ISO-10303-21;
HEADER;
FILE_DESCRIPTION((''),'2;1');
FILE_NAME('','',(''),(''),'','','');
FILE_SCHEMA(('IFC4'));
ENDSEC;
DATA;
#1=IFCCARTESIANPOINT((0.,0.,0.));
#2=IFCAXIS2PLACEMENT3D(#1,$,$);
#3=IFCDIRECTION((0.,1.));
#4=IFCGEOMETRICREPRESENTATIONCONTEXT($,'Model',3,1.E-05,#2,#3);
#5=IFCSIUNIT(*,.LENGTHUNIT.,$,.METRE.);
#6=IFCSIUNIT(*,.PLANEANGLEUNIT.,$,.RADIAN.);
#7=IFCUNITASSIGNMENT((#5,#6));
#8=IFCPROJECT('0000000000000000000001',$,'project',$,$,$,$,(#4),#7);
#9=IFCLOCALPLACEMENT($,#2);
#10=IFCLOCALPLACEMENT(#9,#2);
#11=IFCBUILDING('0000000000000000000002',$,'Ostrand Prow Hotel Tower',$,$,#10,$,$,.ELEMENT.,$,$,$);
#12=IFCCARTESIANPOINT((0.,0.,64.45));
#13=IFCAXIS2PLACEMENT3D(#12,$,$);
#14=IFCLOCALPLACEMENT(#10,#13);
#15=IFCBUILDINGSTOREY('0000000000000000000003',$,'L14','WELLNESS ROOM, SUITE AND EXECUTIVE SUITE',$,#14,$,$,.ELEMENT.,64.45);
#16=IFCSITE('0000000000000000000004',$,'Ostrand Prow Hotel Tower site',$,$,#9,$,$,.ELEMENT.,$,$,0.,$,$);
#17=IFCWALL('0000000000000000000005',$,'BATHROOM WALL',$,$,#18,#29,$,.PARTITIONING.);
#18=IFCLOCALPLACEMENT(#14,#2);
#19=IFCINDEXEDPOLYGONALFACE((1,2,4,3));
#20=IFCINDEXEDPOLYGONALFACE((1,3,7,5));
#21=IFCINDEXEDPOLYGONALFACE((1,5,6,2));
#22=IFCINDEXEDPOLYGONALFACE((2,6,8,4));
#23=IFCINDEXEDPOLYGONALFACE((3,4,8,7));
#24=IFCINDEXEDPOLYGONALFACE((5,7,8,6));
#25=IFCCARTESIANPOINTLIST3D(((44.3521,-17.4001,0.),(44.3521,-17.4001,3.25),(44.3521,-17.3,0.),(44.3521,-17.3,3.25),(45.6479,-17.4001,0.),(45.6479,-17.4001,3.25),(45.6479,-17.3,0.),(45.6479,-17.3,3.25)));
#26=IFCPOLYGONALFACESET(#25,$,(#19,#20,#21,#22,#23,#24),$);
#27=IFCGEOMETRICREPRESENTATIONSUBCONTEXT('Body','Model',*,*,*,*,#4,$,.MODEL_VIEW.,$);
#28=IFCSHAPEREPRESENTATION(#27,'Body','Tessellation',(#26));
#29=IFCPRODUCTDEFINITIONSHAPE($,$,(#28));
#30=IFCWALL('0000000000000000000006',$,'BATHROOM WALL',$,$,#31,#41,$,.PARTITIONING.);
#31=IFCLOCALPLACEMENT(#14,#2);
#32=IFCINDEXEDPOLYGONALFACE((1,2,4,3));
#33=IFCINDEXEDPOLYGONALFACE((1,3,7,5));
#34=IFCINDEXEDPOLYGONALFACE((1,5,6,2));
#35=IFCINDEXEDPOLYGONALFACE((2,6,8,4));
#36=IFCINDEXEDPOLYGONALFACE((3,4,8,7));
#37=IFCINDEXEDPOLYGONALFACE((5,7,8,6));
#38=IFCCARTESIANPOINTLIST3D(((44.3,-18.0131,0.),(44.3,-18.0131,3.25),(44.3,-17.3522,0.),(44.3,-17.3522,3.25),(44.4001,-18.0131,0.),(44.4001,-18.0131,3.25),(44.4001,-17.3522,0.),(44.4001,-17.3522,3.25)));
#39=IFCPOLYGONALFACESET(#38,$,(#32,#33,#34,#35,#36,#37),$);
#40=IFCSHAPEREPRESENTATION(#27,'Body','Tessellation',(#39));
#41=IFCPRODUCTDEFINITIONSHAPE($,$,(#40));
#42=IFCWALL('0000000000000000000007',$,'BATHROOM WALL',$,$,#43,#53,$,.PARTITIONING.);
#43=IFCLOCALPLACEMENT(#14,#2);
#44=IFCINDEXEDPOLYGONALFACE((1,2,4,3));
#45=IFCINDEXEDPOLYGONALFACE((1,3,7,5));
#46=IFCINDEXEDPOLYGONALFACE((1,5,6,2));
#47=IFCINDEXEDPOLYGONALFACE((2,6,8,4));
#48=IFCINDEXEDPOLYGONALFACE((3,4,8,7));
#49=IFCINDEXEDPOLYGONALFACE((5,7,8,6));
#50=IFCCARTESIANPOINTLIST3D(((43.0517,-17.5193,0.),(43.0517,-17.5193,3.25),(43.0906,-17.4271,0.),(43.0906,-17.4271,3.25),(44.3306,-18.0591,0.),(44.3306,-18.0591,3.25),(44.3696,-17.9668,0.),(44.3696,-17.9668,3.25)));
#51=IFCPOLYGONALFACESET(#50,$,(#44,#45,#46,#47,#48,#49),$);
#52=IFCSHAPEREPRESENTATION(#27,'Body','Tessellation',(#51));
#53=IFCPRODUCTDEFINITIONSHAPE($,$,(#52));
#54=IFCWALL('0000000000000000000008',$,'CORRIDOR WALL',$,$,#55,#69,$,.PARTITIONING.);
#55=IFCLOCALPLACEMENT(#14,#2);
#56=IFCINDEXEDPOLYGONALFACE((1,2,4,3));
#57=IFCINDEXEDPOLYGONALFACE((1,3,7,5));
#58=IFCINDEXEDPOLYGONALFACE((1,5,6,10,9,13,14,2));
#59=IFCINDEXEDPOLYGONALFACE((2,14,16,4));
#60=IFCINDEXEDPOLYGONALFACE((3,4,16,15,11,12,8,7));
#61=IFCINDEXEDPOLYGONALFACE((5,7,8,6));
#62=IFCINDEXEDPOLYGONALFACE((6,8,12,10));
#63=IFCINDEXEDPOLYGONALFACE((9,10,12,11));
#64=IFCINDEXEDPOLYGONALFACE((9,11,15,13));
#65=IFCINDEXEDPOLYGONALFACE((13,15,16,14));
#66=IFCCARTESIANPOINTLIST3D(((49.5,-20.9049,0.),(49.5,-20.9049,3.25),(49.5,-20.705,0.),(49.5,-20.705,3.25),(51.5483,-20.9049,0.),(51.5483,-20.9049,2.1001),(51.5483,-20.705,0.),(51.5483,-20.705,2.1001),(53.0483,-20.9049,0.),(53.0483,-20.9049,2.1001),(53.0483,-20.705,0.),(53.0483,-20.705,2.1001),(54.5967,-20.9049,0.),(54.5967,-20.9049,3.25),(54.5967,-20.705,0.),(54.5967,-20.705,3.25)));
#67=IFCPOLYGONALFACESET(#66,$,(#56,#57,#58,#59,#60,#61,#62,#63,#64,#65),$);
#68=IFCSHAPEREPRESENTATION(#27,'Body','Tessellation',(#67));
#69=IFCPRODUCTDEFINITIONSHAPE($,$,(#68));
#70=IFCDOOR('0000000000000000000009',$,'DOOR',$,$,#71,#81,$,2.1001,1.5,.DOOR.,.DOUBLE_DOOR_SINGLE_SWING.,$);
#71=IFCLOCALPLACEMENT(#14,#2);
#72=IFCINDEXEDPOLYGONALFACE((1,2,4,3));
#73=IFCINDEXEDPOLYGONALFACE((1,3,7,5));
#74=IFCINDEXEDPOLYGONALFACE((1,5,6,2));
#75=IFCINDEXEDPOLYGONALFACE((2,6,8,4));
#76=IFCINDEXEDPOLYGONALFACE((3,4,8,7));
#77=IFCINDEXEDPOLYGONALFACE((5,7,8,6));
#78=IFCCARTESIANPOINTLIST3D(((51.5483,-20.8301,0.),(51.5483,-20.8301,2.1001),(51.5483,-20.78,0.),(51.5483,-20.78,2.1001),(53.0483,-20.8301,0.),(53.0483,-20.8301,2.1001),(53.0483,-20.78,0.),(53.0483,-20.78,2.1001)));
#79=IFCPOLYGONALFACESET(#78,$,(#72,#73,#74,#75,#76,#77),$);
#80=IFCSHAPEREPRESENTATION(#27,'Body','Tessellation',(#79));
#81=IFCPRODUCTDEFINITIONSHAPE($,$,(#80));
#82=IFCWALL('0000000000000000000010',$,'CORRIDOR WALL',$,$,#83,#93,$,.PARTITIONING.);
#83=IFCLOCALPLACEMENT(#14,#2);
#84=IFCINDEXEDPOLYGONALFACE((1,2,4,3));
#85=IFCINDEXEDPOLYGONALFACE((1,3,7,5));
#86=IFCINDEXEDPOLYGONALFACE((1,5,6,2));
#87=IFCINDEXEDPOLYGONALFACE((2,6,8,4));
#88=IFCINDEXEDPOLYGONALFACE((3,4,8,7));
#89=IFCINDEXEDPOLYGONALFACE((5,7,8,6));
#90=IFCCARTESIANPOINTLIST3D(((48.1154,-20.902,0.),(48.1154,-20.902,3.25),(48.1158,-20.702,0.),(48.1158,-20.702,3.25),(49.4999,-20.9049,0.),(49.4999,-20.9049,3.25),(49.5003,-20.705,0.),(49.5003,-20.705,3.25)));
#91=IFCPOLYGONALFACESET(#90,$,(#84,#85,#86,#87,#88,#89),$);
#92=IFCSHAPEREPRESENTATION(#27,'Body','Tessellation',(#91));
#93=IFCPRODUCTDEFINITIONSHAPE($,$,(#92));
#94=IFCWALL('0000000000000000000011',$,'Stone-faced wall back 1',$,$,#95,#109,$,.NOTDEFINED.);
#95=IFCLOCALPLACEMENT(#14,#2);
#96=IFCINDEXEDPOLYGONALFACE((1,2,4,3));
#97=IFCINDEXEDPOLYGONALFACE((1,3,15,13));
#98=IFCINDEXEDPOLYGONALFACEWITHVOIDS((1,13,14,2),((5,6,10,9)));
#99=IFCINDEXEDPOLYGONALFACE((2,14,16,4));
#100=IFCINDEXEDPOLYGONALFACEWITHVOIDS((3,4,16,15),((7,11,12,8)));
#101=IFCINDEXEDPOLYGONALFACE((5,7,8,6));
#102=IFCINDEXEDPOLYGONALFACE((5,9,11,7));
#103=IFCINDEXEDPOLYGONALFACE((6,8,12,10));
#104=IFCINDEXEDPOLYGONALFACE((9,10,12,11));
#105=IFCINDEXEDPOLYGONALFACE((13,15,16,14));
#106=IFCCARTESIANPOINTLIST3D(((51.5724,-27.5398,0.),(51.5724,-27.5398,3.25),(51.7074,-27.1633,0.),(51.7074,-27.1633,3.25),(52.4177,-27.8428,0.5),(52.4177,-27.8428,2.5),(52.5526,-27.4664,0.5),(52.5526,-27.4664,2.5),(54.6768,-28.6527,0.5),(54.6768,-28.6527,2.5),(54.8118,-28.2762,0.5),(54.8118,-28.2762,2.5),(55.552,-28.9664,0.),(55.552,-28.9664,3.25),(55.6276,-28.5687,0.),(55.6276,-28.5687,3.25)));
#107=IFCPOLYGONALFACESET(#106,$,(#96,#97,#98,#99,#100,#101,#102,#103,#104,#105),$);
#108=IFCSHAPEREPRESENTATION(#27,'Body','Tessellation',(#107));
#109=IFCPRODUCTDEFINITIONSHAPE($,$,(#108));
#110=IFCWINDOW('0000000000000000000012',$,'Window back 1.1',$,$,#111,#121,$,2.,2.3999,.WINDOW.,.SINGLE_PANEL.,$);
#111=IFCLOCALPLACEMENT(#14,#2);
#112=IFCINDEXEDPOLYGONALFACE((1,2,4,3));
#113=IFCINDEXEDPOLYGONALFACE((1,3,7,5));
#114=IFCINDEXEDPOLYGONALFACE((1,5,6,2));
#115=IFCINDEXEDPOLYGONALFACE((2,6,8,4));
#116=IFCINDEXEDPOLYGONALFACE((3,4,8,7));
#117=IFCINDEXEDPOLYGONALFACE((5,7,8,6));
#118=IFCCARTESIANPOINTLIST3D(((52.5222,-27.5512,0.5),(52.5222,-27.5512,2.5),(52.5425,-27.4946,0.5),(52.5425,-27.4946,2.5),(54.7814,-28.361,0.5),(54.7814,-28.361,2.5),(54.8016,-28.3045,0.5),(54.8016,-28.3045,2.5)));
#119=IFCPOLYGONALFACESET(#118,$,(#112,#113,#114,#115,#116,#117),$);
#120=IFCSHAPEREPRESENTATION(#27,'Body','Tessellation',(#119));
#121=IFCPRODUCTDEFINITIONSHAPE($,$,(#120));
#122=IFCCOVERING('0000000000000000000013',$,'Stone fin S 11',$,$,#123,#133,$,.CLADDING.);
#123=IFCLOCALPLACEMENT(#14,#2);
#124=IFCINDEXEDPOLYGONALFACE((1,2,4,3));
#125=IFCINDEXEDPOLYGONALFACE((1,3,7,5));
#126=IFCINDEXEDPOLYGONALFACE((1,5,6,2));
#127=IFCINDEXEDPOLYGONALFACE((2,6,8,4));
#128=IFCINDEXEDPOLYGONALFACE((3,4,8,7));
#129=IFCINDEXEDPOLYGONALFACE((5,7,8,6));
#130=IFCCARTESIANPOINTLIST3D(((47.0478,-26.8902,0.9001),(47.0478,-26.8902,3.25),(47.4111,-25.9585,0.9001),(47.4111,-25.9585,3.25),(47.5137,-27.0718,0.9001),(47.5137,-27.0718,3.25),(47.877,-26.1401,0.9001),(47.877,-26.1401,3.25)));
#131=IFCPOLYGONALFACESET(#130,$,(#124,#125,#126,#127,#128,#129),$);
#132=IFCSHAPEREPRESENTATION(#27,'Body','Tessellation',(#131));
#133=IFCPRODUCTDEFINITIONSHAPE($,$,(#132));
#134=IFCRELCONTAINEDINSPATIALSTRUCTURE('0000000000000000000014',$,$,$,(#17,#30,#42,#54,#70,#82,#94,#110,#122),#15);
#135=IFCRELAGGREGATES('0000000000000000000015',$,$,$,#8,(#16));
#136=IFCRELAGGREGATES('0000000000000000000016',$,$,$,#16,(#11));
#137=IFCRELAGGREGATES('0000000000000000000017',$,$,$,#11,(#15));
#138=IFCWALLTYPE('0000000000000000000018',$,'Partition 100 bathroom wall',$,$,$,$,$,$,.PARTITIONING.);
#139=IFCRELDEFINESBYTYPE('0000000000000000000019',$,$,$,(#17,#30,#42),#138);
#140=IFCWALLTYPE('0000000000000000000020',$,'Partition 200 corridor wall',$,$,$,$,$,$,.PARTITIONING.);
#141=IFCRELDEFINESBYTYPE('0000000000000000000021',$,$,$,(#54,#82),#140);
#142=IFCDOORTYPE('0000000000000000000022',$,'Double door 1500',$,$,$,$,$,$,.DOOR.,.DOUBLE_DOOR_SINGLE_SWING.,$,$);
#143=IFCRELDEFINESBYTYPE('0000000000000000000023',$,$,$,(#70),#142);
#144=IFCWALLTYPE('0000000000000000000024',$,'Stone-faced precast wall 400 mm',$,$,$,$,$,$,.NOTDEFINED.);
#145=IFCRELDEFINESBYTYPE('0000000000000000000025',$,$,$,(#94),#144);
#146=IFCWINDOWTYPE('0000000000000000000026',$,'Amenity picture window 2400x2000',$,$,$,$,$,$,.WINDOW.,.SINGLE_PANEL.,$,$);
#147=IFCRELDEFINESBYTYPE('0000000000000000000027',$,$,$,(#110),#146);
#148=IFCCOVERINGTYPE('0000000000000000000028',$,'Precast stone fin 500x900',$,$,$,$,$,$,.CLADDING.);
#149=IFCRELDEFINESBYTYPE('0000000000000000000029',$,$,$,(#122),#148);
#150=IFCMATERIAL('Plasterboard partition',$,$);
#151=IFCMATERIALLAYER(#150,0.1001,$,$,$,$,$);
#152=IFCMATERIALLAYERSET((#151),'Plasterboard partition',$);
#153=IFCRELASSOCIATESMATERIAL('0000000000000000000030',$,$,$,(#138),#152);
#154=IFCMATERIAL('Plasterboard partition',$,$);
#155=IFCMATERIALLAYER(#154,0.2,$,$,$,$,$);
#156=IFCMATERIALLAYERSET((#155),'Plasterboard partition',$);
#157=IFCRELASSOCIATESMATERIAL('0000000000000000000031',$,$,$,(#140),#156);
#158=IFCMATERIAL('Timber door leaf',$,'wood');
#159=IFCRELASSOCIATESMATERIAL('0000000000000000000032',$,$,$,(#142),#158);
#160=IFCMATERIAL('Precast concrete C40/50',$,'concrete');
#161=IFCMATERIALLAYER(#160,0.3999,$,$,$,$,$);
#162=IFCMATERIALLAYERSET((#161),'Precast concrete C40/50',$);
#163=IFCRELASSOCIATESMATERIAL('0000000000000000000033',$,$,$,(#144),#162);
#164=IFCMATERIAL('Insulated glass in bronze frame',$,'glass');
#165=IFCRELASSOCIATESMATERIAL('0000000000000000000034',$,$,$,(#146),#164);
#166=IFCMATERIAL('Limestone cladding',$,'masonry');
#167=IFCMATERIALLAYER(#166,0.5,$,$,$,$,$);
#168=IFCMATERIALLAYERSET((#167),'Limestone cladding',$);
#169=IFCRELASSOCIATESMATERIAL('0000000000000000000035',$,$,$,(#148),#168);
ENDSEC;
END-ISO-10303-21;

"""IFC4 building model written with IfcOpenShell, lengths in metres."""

from ifc_helpers import new_model, si_unit, direction, frame, frame_2d, origin, place, context, subcontext, project, spatial, polyline, rectangle, outline, extrude, material, layer, layer_set, type_object, element, fill, save


model = new_model("IFC4")

# Units and contexts
model_context = context("Model", 3, precision=1e-05, world=origin(), true_north=direction((0.0, 1.0)))
body_context = subcontext(model_context, "Body", "Model", "MODEL_VIEW")
ifc_project = project(units=[si_unit("LENGTHUNIT", "METRE"), si_unit("PLANEANGLEUNIT", "RADIAN")], contexts=[model_context])

# Site, building, storey
site_placement = place(None, origin())
site = spatial("IfcSite", under=ifc_project, at=site_placement, Name="Ostrand Prow Hotel Tower site", CompositionType="ELEMENT", RefElevation=0.0)
building_placement = place(site_placement, origin())
building = spatial("IfcBuilding", under=site, at=building_placement, Name="Ostrand Prow Hotel Tower", CompositionType="ELEMENT")
storey_placement = place(building_placement, frame((0.0, 0.0, 64.45)))
storey = spatial("IfcBuildingStorey", under=building, at=storey_placement, Name="L14", Description="WELLNESS ROOM, SUITE AND EXECUTIVE SUITE", CompositionType="ELEMENT", Elevation=64.45)

# Walls
ifc_material_1 = material(Name="Plasterboard partition")
ifc_layer_1 = layer(ifc_material_1, 0.1001)
ifc_layer_set_1 = layer_set([ifc_layer_1], Name="Plasterboard partition")
wall_type_1 = type_object("IfcWallType", Name="Partition 100 bathroom wall", PredefinedType="PARTITIONING", material=ifc_layer_set_1)
wall_1_placement = place(storey_placement, frame((45.6479, -17.3501, 0.0), z_axis=(0.0, 0.0, 1.0), x_axis=(-1.0, 0.0, 0.0)))
element("IfcWall", 1, at=wall_1_placement, inside=storey, type_object=wall_type_1, Name="BATHROOM WALL", PredefinedType="PARTITIONING", context=body_context, shape_type="SweptSolid", body=[
    extrude(rectangle(XDim=1.2959, YDim=0.1001, at=frame_2d((0.6479, 0.0))), origin(), (0.0, 0.0, 1.0), 3.25),
])
wall_2_placement = place(storey_placement, frame((44.3501, -17.3521, 0.0), z_axis=(0.0, 0.0, 1.0), x_axis=(0.0, -1.0, 0.0)))
element("IfcWall", 2, at=wall_2_placement, inside=storey, type_object=wall_type_1, Name="BATHROOM WALL", PredefinedType="PARTITIONING", context=body_context, shape_type="SweptSolid", body=[
    extrude(rectangle(XDim=0.6609, YDim=0.1001, at=frame_2d((0.3306, 0.0))), origin(), (0.0, 0.0, 1.0), 3.25),
])
wall_3_placement = place(storey_placement, frame((44.3501, -18.0129, 0.0), z_axis=(0.0, 0.0, 1.0), x_axis=(-0.921314, 0.388819, 0.0)))
element("IfcWall", 3, at=wall_3_placement, inside=storey, type_object=wall_type_1, Name="BATHROOM WALL", PredefinedType="PARTITIONING", context=body_context, shape_type="SweptSolid", body=[
    extrude(rectangle(XDim=1.3882, YDim=0.1001, at=frame_2d((0.6941, 0.0))), origin(), (0.0, 0.0, 1.0), 3.25),
])

# Wall, opening, door
ifc_material_2 = material(Name="Plasterboard partition")
ifc_layer_2 = layer(ifc_material_2, 0.2)
ifc_layer_set_2 = layer_set([ifc_layer_2], Name="Plasterboard partition")
wall_type_2 = type_object("IfcWallType", Name="Partition 200 corridor wall", PredefinedType="PARTITIONING", material=ifc_layer_set_2)
wall_4_placement = place(storey_placement, frame((49.5, -20.8049, 0.0), z_axis=(0.0, 0.0, 1.0), x_axis=(1.0, 0.0, 0.0)))
wall_4 = element("IfcWall", 4, at=wall_4_placement, inside=storey, type_object=wall_type_2, Name="CORRIDOR WALL", PredefinedType="PARTITIONING", context=body_context, shape_type="SweptSolid", body=[
    extrude(rectangle(XDim=5.0967, YDim=0.2, at=frame_2d((2.5483, 0.0))), origin(), (0.0, 0.0, 1.0), 3.25),
])
opening_1_placement = place(wall_4_placement, frame((2.0483, 0.0, 0.0)))
opening_1 = element("IfcOpeningElement", 5, at=opening_1_placement, cuts=wall_4, PredefinedType="OPENING", context=body_context, shape_type="SweptSolid", body=[
    extrude(rectangle(XDim=1.5, YDim=2.1001, at=frame_2d((0.75, 1.05))), frame((0.0, 0.1099, 0.0), z_axis=(0.0, -1.0, 0.0), x_axis=(1.0, 0.0, 0.0)), (0.0, 0.0, 1.0), 0.22),
])
ifc_material_3 = material(Name="Timber door leaf", Category="wood")
door_type = type_object("IfcDoorType", Name="Double door 1500", OperationType="DOUBLE_DOOR_SINGLE_SWING", PredefinedType="DOOR", material=ifc_material_3)
door_placement = place(opening_1_placement, origin())
door = element("IfcDoor", 6, at=door_placement, inside=storey, type_object=door_type, Name="DOOR", OperationType="DOUBLE_DOOR_SINGLE_SWING", OverallHeight=2.1001, OverallWidth=1.5, PredefinedType="DOOR", context=body_context, shape_type="SweptSolid", body=[
    extrude(rectangle(XDim=1.5, YDim=2.1001, at=frame_2d((0.75, 1.05))), frame((0.0, 0.0249, 0.0), z_axis=(0.0, -1.0, 0.0), x_axis=(1.0, 0.0, 0.0)), (0.0, 0.0, 1.0), 0.05),
])
fill(opening_1, door)

# Wall
wall_5_placement = place(storey_placement, frame((48.1155, -20.802, 0.0), z_axis=(0.0, 0.0, 1.0), x_axis=(0.999998, -0.002116, 0.0)))
element("IfcWall", 7, at=wall_5_placement, inside=storey, type_object=wall_type_2, Name="CORRIDOR WALL", PredefinedType="PARTITIONING", context=body_context, shape_type="SweptSolid", body=[
    extrude(rectangle(XDim=1.3845, YDim=0.2, at=frame_2d((0.6924, 0.0))), origin(), (0.0, 0.0, 1.0), 3.25),
])

# Wall, opening, window
ifc_material_4 = material(Name="Precast concrete C40/50", Category="concrete")
ifc_layer_3 = layer(ifc_material_4, 0.3999)
ifc_layer_set_3 = layer_set([ifc_layer_3], Name="Precast concrete C40/50")
wall_type_3 = type_object("IfcWallType", Name="Stone-faced precast wall 400 mm", PredefinedType="NOTDEFINED", material=ifc_layer_set_3)
wall_6_placement = place(storey_placement, frame((51.6399, -27.3516, 0.0), z_axis=(0.0, 0.0, 1.0), x_axis=(0.94134, -0.33746, 0.0)))
wall_6 = element("IfcWall", 8, at=wall_6_placement, inside=storey, type_object=wall_type_3, Name="Stone-faced wall back 1", PredefinedType="NOTDEFINED", context=body_context, shape_type="SweptSolid", body=[
    extrude(outline(polyline([(0.0, -0.2), (4.2275, -0.2), (4.1646, 0.2), (0.0, 0.2), (0.0, -0.2)])), origin(), (0.0, 0.0, 1.0), 3.25),
])
opening_2_placement = place(wall_6_placement, frame((0.8979, 0.0, 0.5)))
opening_2 = element("IfcOpeningElement", 9, at=opening_2_placement, cuts=wall_6, PredefinedType="OPENING", context=body_context, shape_type="SweptSolid", body=[
    extrude(rectangle(XDim=2.3999, YDim=2.0, at=frame_2d((1.2, 1.0))), frame((0.0, 0.21, 0.0), z_axis=(0.0, -1.0, 0.0), x_axis=(1.0, 0.0, 0.0)), (0.0, 0.0, 1.0), 0.4199),
])
ifc_material_5 = material(Name="Insulated glass in bronze frame", Category="glass")
window_type = type_object("IfcWindowType", Name="Amenity picture window 2400x2000", PartitioningType="SINGLE_PANEL", PredefinedType="WINDOW", material=ifc_material_5)
window_placement = place(opening_2_placement, origin())
window = element("IfcWindow", 10, at=window_placement, inside=storey, type_object=window_type, Name="Window back 1.1", OverallHeight=2.0, OverallWidth=2.3999, PartitioningType="SINGLE_PANEL", PredefinedType="WINDOW", context=body_context, shape_type="SweptSolid", body=[
    extrude(rectangle(XDim=2.3999, YDim=2.0, at=frame_2d((1.2, 1.0))), frame((0.0, 0.1699, 0.0), z_axis=(0.0, -1.0, 0.0), x_axis=(1.0, 0.0, 0.0)), (0.0, 0.0, 1.0), 0.0601),
])
fill(opening_2, window)

# Covering
ifc_material_6 = material(Name="Limestone cladding", Category="masonry")
ifc_layer_4 = layer(ifc_material_6, 0.5)
ifc_layer_set_4 = layer_set([ifc_layer_4], Name="Limestone cladding")
covering_type = type_object("IfcCoveringType", Name="Precast stone fin 500x900", PredefinedType="CLADDING", material=ifc_layer_set_4)
covering_placement = place(storey_placement, frame((47.644, -26.0493, 0.9001), z_axis=(0.0, 0.0, 1.0), x_axis=(-0.363294, -0.931674, 0.0)))
element("IfcCovering", 11, at=covering_placement, inside=storey, type_object=covering_type, Name="Stone fin S 11", PredefinedType="CLADDING", context=body_context, shape_type="SweptSolid", body=[
    extrude(rectangle(XDim=1.0, YDim=0.5, at=frame_2d((0.5, 0.0))), origin(), (0.0, 0.0, 1.0), 2.3499),
])

save(model, "model.ifc")
